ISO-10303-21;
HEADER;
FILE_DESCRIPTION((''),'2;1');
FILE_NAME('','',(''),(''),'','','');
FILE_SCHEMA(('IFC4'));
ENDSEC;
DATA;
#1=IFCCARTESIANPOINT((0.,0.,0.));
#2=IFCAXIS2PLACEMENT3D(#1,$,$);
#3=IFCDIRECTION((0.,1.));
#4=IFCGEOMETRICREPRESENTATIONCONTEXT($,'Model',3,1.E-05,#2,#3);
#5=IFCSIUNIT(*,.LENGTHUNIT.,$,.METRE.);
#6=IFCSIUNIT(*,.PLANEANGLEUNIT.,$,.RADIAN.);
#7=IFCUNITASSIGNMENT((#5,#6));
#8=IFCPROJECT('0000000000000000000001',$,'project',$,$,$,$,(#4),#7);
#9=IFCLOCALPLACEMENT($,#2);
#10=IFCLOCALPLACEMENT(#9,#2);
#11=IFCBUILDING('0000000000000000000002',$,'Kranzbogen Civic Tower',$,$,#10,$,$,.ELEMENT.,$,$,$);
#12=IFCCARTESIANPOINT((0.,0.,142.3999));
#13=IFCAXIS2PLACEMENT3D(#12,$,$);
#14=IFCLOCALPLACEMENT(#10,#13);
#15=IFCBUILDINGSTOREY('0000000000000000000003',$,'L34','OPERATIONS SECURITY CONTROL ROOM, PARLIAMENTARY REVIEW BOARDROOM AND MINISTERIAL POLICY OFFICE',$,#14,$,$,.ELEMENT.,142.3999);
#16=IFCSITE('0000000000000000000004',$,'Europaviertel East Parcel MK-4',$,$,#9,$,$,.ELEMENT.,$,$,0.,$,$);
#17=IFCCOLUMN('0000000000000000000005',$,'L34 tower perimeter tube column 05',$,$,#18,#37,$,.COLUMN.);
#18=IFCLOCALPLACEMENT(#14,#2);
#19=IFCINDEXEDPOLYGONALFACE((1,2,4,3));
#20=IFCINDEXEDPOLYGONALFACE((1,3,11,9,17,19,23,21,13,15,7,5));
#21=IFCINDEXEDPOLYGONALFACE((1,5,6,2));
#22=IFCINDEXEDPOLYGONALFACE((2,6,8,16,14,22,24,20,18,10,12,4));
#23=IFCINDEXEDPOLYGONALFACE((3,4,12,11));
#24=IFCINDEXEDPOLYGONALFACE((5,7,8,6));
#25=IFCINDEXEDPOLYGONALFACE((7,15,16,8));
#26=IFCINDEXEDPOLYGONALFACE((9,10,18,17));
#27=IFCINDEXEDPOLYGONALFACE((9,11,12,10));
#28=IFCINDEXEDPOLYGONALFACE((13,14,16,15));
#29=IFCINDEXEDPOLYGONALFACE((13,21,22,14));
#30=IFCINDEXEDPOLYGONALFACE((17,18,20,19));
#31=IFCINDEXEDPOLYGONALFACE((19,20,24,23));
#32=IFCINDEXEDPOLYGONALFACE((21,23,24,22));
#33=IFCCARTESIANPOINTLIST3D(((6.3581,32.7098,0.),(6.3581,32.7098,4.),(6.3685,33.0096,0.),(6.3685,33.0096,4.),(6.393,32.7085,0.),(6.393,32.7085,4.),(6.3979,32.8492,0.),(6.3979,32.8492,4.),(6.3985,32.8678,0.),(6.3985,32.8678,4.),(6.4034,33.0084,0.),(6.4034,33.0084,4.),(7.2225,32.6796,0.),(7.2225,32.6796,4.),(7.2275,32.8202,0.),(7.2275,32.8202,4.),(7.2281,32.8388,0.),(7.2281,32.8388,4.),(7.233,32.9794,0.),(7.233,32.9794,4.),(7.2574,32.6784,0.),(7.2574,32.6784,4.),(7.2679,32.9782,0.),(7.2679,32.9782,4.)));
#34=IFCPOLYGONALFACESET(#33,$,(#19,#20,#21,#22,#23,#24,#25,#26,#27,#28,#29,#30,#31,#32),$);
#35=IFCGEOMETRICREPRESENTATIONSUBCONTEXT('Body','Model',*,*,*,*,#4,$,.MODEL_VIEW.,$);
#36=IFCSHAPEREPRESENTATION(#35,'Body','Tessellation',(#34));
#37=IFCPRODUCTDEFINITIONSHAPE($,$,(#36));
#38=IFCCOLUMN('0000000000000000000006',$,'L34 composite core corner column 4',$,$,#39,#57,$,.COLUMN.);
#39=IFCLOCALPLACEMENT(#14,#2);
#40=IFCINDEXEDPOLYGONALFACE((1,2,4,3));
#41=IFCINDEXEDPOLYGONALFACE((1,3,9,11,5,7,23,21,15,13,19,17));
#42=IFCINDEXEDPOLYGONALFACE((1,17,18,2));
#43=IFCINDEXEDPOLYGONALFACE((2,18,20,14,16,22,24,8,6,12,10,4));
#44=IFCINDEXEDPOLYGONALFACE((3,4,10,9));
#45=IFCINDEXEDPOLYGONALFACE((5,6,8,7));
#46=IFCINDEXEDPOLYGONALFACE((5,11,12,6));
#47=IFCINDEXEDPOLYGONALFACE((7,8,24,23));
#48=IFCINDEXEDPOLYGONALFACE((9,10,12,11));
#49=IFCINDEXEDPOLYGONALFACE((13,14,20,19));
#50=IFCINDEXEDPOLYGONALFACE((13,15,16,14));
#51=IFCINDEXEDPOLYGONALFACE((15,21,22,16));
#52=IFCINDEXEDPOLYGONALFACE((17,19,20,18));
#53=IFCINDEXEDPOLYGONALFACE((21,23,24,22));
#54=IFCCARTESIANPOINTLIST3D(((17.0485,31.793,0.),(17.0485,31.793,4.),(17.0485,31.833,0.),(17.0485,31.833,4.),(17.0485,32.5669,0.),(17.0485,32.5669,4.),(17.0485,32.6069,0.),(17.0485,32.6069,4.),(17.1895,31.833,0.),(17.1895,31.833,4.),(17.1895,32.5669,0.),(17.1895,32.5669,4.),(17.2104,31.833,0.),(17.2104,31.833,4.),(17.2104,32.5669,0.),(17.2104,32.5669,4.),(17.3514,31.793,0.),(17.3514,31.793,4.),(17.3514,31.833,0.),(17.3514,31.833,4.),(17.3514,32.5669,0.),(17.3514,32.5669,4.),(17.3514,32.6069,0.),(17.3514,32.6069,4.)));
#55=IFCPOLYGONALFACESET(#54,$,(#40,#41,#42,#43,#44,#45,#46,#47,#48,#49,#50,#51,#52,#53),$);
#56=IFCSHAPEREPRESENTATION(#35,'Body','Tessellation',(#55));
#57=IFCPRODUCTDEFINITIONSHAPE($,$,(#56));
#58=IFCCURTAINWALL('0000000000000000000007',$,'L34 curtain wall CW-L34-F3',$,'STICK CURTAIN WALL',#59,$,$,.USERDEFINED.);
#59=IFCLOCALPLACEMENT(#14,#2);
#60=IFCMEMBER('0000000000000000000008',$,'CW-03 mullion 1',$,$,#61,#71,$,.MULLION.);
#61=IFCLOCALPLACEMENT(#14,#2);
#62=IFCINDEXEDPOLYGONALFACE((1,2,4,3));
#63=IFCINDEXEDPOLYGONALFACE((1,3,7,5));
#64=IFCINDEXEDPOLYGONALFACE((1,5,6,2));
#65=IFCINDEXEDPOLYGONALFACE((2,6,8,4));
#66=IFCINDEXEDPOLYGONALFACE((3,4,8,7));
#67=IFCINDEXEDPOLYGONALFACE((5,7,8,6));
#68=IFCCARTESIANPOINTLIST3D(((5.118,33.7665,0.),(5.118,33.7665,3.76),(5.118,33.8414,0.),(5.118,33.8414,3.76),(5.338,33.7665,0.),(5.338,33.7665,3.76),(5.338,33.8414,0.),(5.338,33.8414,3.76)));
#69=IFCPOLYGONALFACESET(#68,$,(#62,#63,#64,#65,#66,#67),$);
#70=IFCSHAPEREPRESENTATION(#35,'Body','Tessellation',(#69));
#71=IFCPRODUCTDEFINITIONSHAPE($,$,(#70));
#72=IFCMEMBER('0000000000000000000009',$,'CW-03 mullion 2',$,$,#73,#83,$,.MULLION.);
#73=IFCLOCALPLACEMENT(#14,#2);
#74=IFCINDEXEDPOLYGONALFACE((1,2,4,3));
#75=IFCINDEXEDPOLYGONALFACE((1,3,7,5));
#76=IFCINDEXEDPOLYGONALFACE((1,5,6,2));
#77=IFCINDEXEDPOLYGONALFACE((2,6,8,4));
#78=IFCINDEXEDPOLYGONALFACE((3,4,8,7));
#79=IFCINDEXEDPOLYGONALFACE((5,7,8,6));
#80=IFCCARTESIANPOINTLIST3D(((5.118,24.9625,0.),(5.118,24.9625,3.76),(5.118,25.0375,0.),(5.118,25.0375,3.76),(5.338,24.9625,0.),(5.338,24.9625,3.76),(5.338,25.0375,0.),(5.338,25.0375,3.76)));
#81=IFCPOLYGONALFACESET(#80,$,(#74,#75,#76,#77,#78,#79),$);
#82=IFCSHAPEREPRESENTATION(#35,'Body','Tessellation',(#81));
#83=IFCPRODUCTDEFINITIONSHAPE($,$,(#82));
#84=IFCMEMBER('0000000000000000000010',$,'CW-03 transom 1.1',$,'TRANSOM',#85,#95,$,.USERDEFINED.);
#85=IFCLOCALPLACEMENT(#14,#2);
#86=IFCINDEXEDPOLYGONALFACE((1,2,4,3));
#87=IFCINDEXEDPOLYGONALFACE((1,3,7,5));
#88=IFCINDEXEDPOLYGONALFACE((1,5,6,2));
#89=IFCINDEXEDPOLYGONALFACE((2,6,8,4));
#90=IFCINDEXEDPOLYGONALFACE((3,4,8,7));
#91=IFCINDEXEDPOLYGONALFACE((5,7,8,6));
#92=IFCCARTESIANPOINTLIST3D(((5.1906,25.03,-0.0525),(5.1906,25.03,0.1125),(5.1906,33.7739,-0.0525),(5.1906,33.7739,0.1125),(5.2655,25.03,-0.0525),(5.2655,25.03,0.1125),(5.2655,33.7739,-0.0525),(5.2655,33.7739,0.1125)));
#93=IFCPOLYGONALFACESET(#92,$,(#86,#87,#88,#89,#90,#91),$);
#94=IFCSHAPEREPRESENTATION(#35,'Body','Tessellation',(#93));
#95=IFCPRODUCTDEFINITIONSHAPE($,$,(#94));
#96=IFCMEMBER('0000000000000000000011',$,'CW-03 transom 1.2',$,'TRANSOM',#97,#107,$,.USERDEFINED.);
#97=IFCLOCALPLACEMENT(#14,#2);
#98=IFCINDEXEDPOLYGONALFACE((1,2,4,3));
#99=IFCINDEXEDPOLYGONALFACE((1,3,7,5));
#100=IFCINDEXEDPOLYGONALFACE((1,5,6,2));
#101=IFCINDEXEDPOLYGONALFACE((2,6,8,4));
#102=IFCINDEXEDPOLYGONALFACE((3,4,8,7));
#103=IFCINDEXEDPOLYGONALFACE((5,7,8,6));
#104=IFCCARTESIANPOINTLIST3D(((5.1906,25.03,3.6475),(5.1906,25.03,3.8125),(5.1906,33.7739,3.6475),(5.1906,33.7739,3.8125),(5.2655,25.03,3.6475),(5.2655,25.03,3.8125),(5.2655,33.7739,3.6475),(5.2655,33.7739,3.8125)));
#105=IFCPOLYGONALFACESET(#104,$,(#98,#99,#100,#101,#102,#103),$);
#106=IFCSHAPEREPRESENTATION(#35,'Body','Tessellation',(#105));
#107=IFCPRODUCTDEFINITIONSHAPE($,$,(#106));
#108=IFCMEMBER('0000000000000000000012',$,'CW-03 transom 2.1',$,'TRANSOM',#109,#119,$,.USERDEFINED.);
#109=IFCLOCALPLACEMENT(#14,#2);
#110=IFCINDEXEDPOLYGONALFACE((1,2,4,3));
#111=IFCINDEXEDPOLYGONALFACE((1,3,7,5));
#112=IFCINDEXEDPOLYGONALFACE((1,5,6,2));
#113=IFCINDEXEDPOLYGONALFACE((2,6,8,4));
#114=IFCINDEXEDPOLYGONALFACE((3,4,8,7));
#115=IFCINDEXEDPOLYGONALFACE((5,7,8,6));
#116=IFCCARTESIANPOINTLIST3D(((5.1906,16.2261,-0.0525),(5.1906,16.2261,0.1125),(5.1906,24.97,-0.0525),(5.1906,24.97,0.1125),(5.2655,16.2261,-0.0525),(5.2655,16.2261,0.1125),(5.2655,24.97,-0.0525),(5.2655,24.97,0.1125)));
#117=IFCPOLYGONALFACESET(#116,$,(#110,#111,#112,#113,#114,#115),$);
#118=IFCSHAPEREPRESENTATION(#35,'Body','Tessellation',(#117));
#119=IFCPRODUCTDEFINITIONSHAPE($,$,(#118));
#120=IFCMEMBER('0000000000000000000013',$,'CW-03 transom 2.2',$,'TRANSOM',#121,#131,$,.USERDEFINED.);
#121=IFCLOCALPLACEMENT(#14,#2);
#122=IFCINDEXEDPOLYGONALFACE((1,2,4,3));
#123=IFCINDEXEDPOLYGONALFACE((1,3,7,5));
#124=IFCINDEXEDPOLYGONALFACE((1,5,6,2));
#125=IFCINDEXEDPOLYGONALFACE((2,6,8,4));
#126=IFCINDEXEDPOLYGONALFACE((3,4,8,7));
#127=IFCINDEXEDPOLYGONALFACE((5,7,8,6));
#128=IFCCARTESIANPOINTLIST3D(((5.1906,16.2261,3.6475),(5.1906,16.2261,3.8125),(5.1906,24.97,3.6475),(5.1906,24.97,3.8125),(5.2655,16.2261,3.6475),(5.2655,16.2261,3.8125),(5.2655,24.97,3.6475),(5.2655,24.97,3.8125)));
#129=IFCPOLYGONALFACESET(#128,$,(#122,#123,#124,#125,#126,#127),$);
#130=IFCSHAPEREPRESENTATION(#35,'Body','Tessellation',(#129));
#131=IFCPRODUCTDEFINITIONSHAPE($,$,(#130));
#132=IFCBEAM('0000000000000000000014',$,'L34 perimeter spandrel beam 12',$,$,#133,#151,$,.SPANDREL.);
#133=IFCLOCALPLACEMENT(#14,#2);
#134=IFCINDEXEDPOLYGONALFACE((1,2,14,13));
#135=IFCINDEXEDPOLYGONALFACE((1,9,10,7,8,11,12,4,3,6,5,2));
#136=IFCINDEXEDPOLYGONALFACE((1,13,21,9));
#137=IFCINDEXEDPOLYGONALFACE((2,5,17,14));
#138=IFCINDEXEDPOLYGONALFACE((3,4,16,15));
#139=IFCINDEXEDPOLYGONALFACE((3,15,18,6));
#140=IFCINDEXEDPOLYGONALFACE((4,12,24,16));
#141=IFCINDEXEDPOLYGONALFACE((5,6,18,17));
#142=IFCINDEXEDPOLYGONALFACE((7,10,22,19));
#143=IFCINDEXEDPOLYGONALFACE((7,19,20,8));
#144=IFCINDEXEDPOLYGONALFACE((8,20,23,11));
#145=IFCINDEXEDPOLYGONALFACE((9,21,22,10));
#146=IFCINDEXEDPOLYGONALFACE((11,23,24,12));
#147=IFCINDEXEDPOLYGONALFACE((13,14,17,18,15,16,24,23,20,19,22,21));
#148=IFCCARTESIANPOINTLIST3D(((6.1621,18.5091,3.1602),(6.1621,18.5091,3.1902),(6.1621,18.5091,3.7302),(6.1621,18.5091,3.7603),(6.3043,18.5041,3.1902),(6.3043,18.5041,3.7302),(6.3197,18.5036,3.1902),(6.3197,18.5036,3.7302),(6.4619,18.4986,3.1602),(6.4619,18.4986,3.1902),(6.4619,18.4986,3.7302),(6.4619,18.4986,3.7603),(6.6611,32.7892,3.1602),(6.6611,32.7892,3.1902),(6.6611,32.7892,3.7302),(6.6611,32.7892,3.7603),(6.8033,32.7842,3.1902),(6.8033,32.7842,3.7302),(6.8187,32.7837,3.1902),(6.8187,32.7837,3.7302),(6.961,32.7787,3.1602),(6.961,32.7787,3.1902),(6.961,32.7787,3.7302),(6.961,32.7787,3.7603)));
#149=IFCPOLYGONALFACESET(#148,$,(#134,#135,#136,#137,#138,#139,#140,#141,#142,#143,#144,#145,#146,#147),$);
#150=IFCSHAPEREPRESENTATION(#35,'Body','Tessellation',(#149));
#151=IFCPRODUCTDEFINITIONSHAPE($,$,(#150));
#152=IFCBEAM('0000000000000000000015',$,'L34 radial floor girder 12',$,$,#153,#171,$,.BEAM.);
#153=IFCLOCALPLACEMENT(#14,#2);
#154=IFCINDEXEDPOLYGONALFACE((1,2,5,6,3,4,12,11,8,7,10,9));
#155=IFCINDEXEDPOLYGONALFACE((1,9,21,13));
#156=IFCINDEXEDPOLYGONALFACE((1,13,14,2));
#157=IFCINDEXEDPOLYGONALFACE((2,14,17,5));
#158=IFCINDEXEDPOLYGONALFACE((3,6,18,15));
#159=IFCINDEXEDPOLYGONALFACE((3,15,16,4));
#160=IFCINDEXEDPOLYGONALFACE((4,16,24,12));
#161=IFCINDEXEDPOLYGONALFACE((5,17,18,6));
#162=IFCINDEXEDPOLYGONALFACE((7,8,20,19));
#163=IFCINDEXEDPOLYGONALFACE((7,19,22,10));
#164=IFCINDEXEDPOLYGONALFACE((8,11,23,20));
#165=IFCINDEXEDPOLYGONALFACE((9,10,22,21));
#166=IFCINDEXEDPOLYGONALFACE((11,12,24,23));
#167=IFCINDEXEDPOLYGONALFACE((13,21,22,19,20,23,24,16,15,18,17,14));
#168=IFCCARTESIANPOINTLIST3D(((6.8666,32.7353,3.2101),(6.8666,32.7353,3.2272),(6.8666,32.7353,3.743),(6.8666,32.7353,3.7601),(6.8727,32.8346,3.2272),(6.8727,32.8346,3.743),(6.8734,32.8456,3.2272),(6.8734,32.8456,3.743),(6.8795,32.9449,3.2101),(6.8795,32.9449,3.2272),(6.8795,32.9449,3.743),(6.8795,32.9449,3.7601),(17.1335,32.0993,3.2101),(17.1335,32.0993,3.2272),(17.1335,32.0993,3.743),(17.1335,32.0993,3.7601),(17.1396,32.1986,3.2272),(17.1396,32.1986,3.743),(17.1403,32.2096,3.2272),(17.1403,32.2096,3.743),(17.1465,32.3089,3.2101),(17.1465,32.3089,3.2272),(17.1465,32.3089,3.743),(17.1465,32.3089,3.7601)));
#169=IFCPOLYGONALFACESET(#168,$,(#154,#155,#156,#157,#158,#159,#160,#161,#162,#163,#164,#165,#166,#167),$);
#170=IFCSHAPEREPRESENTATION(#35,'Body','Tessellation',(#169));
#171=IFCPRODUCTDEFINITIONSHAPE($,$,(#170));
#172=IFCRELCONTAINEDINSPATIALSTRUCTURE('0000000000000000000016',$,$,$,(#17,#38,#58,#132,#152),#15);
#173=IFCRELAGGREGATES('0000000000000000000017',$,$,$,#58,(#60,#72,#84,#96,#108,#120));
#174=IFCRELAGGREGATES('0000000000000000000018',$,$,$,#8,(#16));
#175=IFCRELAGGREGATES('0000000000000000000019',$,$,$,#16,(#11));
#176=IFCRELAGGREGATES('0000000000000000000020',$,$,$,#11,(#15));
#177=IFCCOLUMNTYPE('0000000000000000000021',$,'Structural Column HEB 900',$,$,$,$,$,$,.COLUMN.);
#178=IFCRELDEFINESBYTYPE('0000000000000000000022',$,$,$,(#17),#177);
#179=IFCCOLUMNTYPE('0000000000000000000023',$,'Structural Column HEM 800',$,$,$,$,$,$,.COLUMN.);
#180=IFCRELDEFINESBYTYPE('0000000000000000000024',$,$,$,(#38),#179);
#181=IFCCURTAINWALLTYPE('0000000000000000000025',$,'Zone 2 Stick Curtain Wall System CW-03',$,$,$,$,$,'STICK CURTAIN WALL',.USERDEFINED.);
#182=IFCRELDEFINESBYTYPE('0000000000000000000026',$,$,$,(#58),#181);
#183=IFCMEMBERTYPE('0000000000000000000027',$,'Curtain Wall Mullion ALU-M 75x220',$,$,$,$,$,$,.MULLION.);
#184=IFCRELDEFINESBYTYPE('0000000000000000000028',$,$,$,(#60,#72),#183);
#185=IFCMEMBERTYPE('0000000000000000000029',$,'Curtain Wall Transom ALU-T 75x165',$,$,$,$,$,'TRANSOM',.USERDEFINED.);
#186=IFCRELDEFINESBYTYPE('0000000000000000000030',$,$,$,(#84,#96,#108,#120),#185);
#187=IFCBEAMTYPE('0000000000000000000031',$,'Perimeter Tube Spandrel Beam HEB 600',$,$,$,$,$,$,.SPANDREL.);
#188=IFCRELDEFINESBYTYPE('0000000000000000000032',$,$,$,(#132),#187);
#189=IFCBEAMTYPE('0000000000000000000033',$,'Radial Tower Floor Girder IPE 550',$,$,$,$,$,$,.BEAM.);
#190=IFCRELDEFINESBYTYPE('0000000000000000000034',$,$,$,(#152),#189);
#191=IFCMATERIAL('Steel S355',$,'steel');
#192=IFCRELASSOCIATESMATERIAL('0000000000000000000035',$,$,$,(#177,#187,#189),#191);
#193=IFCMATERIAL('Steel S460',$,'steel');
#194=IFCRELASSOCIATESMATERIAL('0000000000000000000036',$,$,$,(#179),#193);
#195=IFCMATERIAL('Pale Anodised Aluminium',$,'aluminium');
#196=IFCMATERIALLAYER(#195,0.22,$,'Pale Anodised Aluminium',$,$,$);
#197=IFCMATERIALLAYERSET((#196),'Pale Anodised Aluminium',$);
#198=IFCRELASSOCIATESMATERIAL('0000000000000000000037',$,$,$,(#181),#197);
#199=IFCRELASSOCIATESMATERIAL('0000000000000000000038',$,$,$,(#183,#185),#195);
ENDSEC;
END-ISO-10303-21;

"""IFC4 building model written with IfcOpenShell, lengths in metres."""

from ifc_helpers import new_model, si_unit, direction, frame, origin, origin_2d, place, context, subcontext, project, spatial, rectangle, i_section, extrude, material, layer, layer_set, material_profile, profile_set, type_object, element, aggregate, save


model = new_model("IFC4")

# Units and contexts
model_context = context("Model", 3, precision=1e-05, world=origin(), true_north=direction((0.0, 1.0)))
body_context = subcontext(model_context, "Body", "Model", "MODEL_VIEW")
ifc_project = project(units=[si_unit("LENGTHUNIT", "METRE"), si_unit("PLANEANGLEUNIT", "RADIAN")], contexts=[model_context])

# Site, building, storey
site_placement = place(None, origin())
site = spatial("IfcSite", under=ifc_project, at=site_placement, Name="Europaviertel East Parcel MK-4", CompositionType="ELEMENT", RefElevation=0.0)
building_placement = place(site_placement, origin())
building = spatial("IfcBuilding", under=site, at=building_placement, Name="Kranzbogen Civic Tower", CompositionType="ELEMENT")
storey_placement = place(building_placement, frame((0.0, 0.0, 142.3999)))
storey = spatial("IfcBuildingStorey", under=building, at=storey_placement, Name="L34", Description="OPERATIONS SECURITY CONTROL ROOM, PARLIAMENTARY REVIEW BOARDROOM AND MINISTERIAL POLICY OFFICE", CompositionType="ELEMENT", Elevation=142.3999)

# Columns
ifc_material_1 = material(Name="Steel S355", Category="steel")
ifc_material_profile_1 = material_profile(ifc_material_1, i_section(OverallWidth=0.3, OverallDepth=0.8999, WebThickness=0.0186, FlangeThickness=0.0349, at=origin_2d()), Name="HEB 900")
ifc_profile_set_1 = profile_set([ifc_material_profile_1], Name="Steel S355")
column_type_1 = type_object("IfcColumnType", Name="Structural Column HEB 900", PredefinedType="COLUMN", material=ifc_profile_set_1)
column_1_placement = place(storey_placement, frame((6.813, 32.844, 0.0), z_axis=(0.0, 0.0, 1.0), x_axis=(0.034899, 0.999391, 0.0)))
element("IfcColumn", 1, at=column_1_placement, inside=storey, type_object=column_type_1, Name="L34 tower perimeter tube column 05", PredefinedType="COLUMN", context=body_context, shape_type="SweptSolid", body=[
    extrude(i_section(OverallWidth=0.3, OverallDepth=0.8999, WebThickness=0.0186, FlangeThickness=0.0349, at=origin_2d()), origin(), (0.0, 0.0, 1.0), 4.0),
])
ifc_material_2 = material(Name="Steel S460", Category="steel")
ifc_material_profile_2 = material_profile(ifc_material_2, i_section(OverallWidth=0.303, OverallDepth=0.814, WebThickness=0.021, FlangeThickness=0.04, at=origin_2d()), Name="HEM 800")
ifc_profile_set_2 = profile_set([ifc_material_profile_2], Name="Steel S460")
column_type_2 = type_object("IfcColumnType", Name="Structural Column HEM 800", PredefinedType="COLUMN", material=ifc_profile_set_2)
column_2_placement = place(storey_placement, frame((17.2, 32.2, 0.0), z_axis=(0.0, 0.0, 1.0), x_axis=(1.0, 0.0, 0.0)))
element("IfcColumn", 2, at=column_2_placement, inside=storey, type_object=column_type_2, Name="L34 composite core corner column 4", PredefinedType="COLUMN", context=body_context, shape_type="SweptSolid", body=[
    extrude(i_section(OverallWidth=0.303, OverallDepth=0.814, WebThickness=0.021, FlangeThickness=0.04, at=origin_2d()), origin(), (0.0, 0.0, 1.0), 4.0),
])

# Curtain wall, members
ifc_material_3 = material(Name="Pale Anodised Aluminium", Category="aluminium")
ifc_layer_1 = layer(ifc_material_3, 0.22, Name="Pale Anodised Aluminium")
ifc_layer_set_1 = layer_set([ifc_layer_1], Name="Pale Anodised Aluminium")
curtain_wall_type = type_object("IfcCurtainWallType", Name="Zone 2 Stick Curtain Wall System CW-03", ElementType="STICK CURTAIN WALL", PredefinedType="USERDEFINED", material=ifc_layer_set_1)
curtain_wall_placement = place(storey_placement, origin())
curtain_wall = element("IfcCurtainWall", 3, at=curtain_wall_placement, inside=storey, type_object=curtain_wall_type, Name="L34 curtain wall CW-L34-F3", ObjectType="STICK CURTAIN WALL", PredefinedType="USERDEFINED")
ifc_material_profile_3 = material_profile(ifc_material_3, rectangle(XDim=0.075, YDim=0.22, at=origin_2d()), Name="ALU-M 75x220")
ifc_profile_set_3 = profile_set([ifc_material_profile_3], Name="Pale Anodised Aluminium")
member_type_1 = type_object("IfcMemberType", Name="Curtain Wall Mullion ALU-M 75x220", PredefinedType="MULLION", material=ifc_profile_set_3)
member_1_placement = place(storey_placement, frame((5.228, 33.804, 0.0), z_axis=(0.0, 0.0, 1.0), x_axis=(0.0, -1.0, 0.0)))
member_1 = element("IfcMember", 4, at=member_1_placement, type_object=member_type_1, Name="CW-03 mullion 1", PredefinedType="MULLION", context=body_context, shape_type="SweptSolid", body=[
    extrude(rectangle(XDim=0.075, YDim=0.22, at=origin_2d()), origin(), (0.0, 0.0, 1.0), 3.76),
])
member_2_placement = place(storey_placement, frame((5.228, 25.0, 0.0), z_axis=(0.0, 0.0, 1.0), x_axis=(0.0, -1.0, 0.0)))
member_2 = element("IfcMember", 5, at=member_2_placement, type_object=member_type_1, Name="CW-03 mullion 2", PredefinedType="MULLION", context=body_context, shape_type="SweptSolid", body=[
    extrude(rectangle(XDim=0.075, YDim=0.22, at=origin_2d()), origin(), (0.0, 0.0, 1.0), 3.76),
])
ifc_material_profile_4 = material_profile(ifc_material_3, rectangle(XDim=0.075, YDim=0.165, at=origin_2d()), Name="ALU-T 75x165")
ifc_profile_set_4 = profile_set([ifc_material_profile_4], Name="Pale Anodised Aluminium")
member_type_2 = type_object("IfcMemberType", Name="Curtain Wall Transom ALU-T 75x165", ElementType="TRANSOM", PredefinedType="USERDEFINED", material=ifc_profile_set_4)
member_3_placement = place(storey_placement, frame((5.228, 33.7739, 0.03), z_axis=(0.0, -1.0, 0.0), x_axis=(1.0, 0.0, 0.0)))
member_3 = element("IfcMember", 6, at=member_3_placement, type_object=member_type_2, Name="CW-03 transom 1.1", ObjectType="TRANSOM", PredefinedType="USERDEFINED", context=body_context, shape_type="SweptSolid", body=[
    extrude(rectangle(XDim=0.075, YDim=0.165, at=origin_2d()), origin(), (0.0, 0.0, 1.0), 8.7439),
])
member_4_placement = place(storey_placement, frame((5.228, 33.7739, 3.73), z_axis=(0.0, -1.0, 0.0), x_axis=(1.0, 0.0, 0.0)))
member_4 = element("IfcMember", 7, at=member_4_placement, type_object=member_type_2, Name="CW-03 transom 1.2", ObjectType="TRANSOM", PredefinedType="USERDEFINED", context=body_context, shape_type="SweptSolid", body=[
    extrude(rectangle(XDim=0.075, YDim=0.165, at=origin_2d()), origin(), (0.0, 0.0, 1.0), 8.7439),
])
member_5_placement = place(storey_placement, frame((5.228, 24.97, 0.03), z_axis=(0.0, -1.0, 0.0), x_axis=(1.0, 0.0, 0.0)))
member_5 = element("IfcMember", 8, at=member_5_placement, type_object=member_type_2, Name="CW-03 transom 2.1", ObjectType="TRANSOM", PredefinedType="USERDEFINED", context=body_context, shape_type="SweptSolid", body=[
    extrude(rectangle(XDim=0.075, YDim=0.165, at=origin_2d()), origin(), (0.0, 0.0, 1.0), 8.7439),
])
member_6_placement = place(storey_placement, frame((5.228, 24.97, 3.73), z_axis=(0.0, -1.0, 0.0), x_axis=(1.0, 0.0, 0.0)))
member_6 = element("IfcMember", 9, at=member_6_placement, type_object=member_type_2, Name="CW-03 transom 2.2", ObjectType="TRANSOM", PredefinedType="USERDEFINED", context=body_context, shape_type="SweptSolid", body=[
    extrude(rectangle(XDim=0.075, YDim=0.165, at=origin_2d()), origin(), (0.0, 0.0, 1.0), 8.7439),
])

# Beams
ifc_material_profile_5 = material_profile(ifc_material_1, i_section(OverallWidth=0.3, OverallDepth=0.6001, WebThickness=0.0154, FlangeThickness=0.03, at=origin_2d()), Name="HEB 600")
ifc_profile_set_5 = profile_set([ifc_material_profile_5], Name="Steel S355")
beam_type_1 = type_object("IfcBeamType", Name="Perimeter Tube Spandrel Beam HEB 600", PredefinedType="SPANDREL", material=ifc_profile_set_5)
beam_1_placement = place(storey_placement, frame((6.811, 32.7839, 3.4602), z_axis=(-0.034924, -0.99939, 0.0), x_axis=(0.99939, -0.034924, 0.0)))
element("IfcBeam", 10, at=beam_1_placement, inside=storey, type_object=beam_type_1, Name="L34 perimeter spandrel beam 12", PredefinedType="SPANDREL", context=body_context, shape_type="SweptSolid", body=[
    extrude(i_section(OverallWidth=0.3, OverallDepth=0.6001, WebThickness=0.0154, FlangeThickness=0.03, at=origin_2d()), origin(), (0.0, 0.0, 1.0), 14.2888),
])
ifc_material_profile_6 = material_profile(ifc_material_1, i_section(OverallWidth=0.21, OverallDepth=0.55, WebThickness=0.011, FlangeThickness=0.0171, at=origin_2d()), Name="IPE 550")
ifc_profile_set_6 = profile_set([ifc_material_profile_6], Name="Steel S355")
beam_type_2 = type_object("IfcBeamType", Name="Radial Tower Floor Girder IPE 550", PredefinedType="BEAM", material=ifc_profile_set_6)
beam_2_placement = place(storey_placement, frame((6.873, 32.8401, 3.4851), z_axis=(0.998087, -0.061827, 0.0), x_axis=(0.061827, 0.998087, 0.0)))
element("IfcBeam", 11, at=beam_2_placement, inside=storey, type_object=beam_type_2, Name="L34 radial floor girder 12", PredefinedType="BEAM", context=body_context, shape_type="SweptSolid", body=[
    extrude(i_section(OverallWidth=0.21, OverallDepth=0.55, WebThickness=0.011, FlangeThickness=0.0171, at=origin_2d()), origin(), (0.0, 0.0, 1.0), 10.2866),
])

aggregate(curtain_wall, [member_1, member_2, member_3, member_4, member_5, member_6])

save(model, "model.ifc")
